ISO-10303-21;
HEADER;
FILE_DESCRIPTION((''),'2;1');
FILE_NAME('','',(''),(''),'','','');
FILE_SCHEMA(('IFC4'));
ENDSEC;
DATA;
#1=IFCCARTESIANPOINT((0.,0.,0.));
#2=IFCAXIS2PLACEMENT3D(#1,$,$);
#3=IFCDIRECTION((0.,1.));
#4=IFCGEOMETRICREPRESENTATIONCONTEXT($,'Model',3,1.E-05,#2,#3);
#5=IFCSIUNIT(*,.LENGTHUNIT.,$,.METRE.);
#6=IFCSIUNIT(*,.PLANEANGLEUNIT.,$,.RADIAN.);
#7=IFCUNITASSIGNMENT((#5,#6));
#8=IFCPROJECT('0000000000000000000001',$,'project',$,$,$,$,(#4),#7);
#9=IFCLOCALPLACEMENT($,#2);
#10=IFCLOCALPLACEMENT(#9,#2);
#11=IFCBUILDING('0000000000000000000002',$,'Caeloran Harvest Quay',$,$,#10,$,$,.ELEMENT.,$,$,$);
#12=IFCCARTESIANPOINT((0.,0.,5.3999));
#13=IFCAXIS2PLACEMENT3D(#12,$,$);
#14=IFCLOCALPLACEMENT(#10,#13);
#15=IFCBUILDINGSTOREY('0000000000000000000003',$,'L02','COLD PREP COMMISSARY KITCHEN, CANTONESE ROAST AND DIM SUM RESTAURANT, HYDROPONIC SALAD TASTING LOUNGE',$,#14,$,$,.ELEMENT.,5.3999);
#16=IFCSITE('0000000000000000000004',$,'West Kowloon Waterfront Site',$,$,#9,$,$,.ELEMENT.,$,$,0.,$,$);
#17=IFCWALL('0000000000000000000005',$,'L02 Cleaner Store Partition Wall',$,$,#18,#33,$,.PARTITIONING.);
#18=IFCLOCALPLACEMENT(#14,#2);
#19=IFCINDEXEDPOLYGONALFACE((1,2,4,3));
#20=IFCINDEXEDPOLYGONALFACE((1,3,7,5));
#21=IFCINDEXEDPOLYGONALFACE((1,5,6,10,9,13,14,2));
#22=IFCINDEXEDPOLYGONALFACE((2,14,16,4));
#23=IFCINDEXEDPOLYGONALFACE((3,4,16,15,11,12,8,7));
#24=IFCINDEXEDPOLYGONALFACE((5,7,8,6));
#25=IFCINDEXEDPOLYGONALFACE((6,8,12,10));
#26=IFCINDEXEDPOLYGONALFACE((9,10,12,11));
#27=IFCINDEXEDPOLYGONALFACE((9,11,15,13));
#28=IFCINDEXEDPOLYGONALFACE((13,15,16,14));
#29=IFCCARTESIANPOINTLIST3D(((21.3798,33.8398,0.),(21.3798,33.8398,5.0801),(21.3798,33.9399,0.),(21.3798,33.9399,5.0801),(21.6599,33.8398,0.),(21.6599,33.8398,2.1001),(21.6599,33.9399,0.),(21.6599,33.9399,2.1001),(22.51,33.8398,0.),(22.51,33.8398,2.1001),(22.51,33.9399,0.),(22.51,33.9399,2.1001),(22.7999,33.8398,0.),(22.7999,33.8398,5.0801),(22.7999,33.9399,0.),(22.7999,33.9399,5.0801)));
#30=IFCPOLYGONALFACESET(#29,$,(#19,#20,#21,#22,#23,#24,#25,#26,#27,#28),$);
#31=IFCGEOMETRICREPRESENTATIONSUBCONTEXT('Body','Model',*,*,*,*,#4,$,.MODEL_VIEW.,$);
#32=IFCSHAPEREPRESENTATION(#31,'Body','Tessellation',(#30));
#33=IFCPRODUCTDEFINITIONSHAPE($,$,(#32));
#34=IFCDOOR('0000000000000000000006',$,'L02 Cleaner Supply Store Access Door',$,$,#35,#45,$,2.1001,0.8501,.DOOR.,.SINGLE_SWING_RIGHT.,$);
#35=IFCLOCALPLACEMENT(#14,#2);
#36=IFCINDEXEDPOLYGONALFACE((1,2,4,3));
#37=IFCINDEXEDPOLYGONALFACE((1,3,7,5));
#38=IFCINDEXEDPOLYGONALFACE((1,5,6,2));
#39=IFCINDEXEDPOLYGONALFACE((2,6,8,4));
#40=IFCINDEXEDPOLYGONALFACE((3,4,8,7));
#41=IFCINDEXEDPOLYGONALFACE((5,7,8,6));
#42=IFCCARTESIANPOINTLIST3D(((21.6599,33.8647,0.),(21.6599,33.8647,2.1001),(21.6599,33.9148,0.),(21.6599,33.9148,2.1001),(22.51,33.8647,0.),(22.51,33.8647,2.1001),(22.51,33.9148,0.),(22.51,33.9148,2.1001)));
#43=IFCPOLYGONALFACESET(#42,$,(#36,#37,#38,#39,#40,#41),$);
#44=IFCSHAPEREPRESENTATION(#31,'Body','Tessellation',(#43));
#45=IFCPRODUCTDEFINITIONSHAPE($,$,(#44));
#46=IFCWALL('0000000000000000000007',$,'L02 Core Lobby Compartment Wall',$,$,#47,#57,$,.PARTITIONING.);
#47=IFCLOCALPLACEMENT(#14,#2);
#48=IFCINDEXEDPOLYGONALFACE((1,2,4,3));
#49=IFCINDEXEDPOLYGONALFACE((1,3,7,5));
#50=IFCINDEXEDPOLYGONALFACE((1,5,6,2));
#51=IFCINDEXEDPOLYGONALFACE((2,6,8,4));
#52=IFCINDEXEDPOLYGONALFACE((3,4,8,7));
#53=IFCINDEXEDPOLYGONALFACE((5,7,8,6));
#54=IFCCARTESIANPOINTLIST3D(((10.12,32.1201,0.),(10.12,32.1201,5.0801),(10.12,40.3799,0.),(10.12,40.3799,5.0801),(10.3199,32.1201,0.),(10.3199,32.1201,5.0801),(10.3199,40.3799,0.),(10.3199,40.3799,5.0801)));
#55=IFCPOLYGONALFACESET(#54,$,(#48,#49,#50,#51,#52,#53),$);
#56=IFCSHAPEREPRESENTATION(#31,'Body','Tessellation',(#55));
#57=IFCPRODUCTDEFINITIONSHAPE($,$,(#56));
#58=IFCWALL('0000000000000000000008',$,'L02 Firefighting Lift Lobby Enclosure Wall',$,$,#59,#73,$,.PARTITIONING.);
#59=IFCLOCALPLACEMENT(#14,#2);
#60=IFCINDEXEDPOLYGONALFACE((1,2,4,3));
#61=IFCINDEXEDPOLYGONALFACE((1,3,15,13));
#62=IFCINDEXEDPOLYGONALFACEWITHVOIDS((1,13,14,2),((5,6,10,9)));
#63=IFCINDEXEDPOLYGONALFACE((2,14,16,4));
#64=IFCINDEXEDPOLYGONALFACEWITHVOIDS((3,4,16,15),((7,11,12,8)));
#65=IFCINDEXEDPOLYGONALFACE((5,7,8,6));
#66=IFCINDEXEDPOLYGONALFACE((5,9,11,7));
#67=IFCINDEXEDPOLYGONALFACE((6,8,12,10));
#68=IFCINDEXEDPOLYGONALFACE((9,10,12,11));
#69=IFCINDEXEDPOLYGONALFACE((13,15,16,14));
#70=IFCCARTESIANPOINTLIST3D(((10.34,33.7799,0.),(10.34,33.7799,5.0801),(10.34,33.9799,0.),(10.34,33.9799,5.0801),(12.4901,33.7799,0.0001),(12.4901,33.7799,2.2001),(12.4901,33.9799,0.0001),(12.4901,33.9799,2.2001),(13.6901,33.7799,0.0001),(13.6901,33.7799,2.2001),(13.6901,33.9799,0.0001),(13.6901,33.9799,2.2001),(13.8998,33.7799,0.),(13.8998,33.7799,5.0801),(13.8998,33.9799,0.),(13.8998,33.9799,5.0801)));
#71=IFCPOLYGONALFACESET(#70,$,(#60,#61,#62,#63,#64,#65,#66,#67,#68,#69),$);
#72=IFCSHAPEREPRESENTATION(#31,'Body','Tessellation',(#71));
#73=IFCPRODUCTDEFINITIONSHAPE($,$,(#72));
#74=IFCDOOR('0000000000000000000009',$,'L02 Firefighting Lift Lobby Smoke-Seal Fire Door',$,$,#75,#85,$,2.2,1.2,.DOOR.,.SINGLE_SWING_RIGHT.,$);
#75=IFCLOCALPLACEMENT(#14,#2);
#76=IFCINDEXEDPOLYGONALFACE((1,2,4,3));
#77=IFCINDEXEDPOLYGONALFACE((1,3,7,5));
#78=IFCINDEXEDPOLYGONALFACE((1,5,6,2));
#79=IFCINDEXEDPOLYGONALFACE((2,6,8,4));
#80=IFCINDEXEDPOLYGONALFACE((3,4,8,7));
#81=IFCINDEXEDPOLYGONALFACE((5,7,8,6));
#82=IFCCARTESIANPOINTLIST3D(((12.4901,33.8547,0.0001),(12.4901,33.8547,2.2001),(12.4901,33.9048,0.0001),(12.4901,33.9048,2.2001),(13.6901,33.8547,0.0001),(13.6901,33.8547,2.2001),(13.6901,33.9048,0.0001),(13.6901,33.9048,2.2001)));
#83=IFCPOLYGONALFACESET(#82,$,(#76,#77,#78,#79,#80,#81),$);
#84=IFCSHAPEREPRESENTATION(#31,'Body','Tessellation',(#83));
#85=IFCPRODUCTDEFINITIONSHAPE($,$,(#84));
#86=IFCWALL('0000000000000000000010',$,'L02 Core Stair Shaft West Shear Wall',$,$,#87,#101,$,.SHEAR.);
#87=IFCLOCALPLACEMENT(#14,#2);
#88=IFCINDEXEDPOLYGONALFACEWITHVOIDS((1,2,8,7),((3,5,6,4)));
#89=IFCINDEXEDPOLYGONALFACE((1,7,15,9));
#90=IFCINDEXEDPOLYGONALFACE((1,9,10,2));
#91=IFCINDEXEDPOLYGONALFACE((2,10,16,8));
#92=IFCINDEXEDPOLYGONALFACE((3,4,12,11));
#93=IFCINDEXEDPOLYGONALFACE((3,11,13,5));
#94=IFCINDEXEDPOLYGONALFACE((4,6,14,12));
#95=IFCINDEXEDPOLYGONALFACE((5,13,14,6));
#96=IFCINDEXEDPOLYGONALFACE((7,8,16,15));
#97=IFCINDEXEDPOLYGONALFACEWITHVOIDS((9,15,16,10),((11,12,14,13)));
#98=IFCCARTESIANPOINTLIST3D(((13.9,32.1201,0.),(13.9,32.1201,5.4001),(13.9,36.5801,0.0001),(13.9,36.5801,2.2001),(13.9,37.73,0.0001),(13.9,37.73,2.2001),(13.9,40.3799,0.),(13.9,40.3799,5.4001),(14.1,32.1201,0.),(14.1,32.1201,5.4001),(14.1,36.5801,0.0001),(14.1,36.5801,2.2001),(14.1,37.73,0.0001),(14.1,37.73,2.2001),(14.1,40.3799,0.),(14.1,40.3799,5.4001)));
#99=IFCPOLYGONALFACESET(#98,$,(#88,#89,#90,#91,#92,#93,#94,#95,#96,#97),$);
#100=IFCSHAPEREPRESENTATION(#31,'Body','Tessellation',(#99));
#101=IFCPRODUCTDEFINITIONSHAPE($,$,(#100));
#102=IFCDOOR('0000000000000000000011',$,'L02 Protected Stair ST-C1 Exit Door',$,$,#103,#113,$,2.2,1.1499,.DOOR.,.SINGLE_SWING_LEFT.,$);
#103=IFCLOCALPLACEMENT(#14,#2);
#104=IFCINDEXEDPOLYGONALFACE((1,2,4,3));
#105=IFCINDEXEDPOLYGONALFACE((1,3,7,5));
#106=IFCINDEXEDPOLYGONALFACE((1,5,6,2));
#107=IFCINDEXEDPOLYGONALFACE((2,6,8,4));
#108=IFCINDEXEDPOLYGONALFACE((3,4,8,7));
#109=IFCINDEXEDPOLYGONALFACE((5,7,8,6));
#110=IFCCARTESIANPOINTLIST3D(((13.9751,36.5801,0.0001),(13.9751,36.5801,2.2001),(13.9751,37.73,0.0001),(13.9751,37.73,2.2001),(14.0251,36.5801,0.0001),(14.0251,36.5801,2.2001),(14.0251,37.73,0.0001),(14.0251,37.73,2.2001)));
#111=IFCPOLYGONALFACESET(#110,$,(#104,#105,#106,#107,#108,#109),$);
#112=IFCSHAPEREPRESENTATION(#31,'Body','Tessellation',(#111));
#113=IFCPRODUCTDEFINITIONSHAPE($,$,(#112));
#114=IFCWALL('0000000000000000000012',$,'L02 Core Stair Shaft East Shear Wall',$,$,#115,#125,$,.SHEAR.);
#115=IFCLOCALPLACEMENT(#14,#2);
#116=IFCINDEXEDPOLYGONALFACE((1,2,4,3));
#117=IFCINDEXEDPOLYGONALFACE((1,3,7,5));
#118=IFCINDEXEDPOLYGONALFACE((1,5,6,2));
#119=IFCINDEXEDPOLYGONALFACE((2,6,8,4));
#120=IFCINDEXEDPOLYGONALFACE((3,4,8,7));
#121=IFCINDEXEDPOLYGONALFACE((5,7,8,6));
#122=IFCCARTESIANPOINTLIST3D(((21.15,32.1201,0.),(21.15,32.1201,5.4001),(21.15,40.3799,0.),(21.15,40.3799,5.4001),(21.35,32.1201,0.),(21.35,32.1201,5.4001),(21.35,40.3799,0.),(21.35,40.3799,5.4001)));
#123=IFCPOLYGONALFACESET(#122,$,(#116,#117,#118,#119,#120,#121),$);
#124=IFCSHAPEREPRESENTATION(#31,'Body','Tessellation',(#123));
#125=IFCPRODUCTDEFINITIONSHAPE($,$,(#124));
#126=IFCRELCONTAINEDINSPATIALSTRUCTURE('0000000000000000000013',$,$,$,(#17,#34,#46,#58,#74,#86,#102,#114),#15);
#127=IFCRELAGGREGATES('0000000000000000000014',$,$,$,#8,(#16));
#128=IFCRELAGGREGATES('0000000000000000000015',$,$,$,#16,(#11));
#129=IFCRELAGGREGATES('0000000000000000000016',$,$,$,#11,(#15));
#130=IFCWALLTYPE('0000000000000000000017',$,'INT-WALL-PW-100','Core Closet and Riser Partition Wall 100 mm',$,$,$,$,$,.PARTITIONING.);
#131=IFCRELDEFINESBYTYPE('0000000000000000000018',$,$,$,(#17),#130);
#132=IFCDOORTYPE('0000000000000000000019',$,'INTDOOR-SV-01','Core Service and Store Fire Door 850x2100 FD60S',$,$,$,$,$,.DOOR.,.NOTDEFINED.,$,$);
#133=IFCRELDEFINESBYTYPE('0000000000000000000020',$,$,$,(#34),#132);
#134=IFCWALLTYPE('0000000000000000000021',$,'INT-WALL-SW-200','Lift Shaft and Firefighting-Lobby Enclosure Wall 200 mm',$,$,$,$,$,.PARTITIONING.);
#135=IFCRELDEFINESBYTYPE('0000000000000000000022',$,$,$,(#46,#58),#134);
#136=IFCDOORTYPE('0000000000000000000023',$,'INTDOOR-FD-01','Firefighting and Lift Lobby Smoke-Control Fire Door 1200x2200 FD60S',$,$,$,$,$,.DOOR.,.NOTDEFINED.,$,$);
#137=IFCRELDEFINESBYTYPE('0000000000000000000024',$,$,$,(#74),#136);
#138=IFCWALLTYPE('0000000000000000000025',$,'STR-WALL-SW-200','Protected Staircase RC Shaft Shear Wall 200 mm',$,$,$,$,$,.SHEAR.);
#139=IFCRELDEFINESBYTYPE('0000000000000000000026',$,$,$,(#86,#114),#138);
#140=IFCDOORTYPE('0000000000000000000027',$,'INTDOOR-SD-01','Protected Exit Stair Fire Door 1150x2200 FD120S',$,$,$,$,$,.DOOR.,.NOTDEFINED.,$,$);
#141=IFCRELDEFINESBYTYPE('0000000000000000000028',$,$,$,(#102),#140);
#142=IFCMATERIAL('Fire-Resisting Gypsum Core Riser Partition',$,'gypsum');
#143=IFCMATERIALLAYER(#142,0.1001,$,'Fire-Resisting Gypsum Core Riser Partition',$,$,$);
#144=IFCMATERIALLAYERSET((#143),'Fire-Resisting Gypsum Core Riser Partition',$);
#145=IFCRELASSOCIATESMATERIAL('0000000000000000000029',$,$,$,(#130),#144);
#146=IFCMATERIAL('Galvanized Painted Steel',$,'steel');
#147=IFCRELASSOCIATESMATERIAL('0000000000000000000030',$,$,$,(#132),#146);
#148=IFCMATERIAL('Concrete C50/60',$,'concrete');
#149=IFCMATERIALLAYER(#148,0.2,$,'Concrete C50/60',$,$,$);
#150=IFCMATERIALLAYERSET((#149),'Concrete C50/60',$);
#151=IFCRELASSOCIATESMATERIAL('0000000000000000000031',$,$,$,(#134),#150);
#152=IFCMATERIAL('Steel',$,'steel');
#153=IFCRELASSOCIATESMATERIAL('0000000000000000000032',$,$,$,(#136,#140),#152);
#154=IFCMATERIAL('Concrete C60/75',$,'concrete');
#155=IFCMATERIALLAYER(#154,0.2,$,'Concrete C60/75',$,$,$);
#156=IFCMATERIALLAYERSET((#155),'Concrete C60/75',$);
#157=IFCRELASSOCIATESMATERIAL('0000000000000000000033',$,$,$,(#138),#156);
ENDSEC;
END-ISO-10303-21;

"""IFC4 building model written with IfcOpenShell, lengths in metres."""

from ifc_helpers import new_model, si_unit, direction, frame, frame_2d, origin, place, context, subcontext, project, spatial, rectangle, extrude, material, layer, layer_set, type_object, element, fill, save


model = new_model("IFC4")

# Units and contexts
model_context = context("Model", 3, precision=1e-05, world=origin(), true_north=direction((0.0, 1.0)))
body_context = subcontext(model_context, "Body", "Model", "MODEL_VIEW")
ifc_project = project(units=[si_unit("LENGTHUNIT", "METRE"), si_unit("PLANEANGLEUNIT", "RADIAN")], contexts=[model_context])

# Site, building, storey
site_placement = place(None, origin())
site = spatial("IfcSite", under=ifc_project, at=site_placement, Name="West Kowloon Waterfront Site", CompositionType="ELEMENT", RefElevation=0.0)
building_placement = place(site_placement, origin())
building = spatial("IfcBuilding", under=site, at=building_placement, Name="Caeloran Harvest Quay", CompositionType="ELEMENT")
storey_placement = place(building_placement, frame((0.0, 0.0, 5.3999)))
storey = spatial("IfcBuildingStorey", under=building, at=storey_placement, Name="L02", Description="COLD PREP COMMISSARY KITCHEN, CANTONESE ROAST AND DIM SUM RESTAURANT, HYDROPONIC SALAD TASTING LOUNGE", CompositionType="ELEMENT", Elevation=5.3999)

# Wall, opening, door
ifc_material_1 = material(Name="Fire-Resisting Gypsum Core Riser Partition", Category="gypsum")
ifc_layer_1 = layer(ifc_material_1, 0.1001, Name="Fire-Resisting Gypsum Core Riser Partition")
ifc_layer_set_1 = layer_set([ifc_layer_1], Name="Fire-Resisting Gypsum Core Riser Partition")
wall_type_1 = type_object("IfcWallType", Name="INT-WALL-PW-100", Description="Core Closet and Riser Partition Wall 100 mm", PredefinedType="PARTITIONING", material=ifc_layer_set_1)
wall_1_placement = place(storey_placement, frame((21.3799, 33.8899, 0.0), z_axis=(0.0, 0.0, 1.0), x_axis=(1.0, 0.0, 0.0)))
wall_1 = element("IfcWall", 1, at=wall_1_placement, inside=storey, type_object=wall_type_1, Name="L02 Cleaner Store Partition Wall", PredefinedType="PARTITIONING", context=body_context, shape_type="SweptSolid", body=[
    extrude(rectangle(XDim=1.4202, YDim=0.1001, at=frame_2d((0.71, 0.0))), origin(), (0.0, 0.0, 1.0), 5.0801),
])
opening_1_placement = place(wall_1_placement, frame((0.28, 0.0, 0.0)))
opening_1 = element("IfcOpeningElement", 2, at=opening_1_placement, cuts=wall_1, PredefinedType="OPENING", context=body_context, shape_type="SweptSolid", body=[
    extrude(rectangle(XDim=0.8501, YDim=2.1001, at=frame_2d((0.425, 1.05))), frame((0.0, 0.0601, 0.0), z_axis=(0.0, -1.0, 0.0), x_axis=(1.0, 0.0, 0.0)), (0.0, 0.0, 1.0), 0.1201),
])
ifc_material_2 = material(Name="Galvanized Painted Steel", Category="steel")
door_type_1 = type_object("IfcDoorType", Name="INTDOOR-SV-01", Description="Core Service and Store Fire Door 850x2100 FD60S", OperationType="NOTDEFINED", PredefinedType="DOOR", material=ifc_material_2)
door_1_placement = place(opening_1_placement, origin())
door_1 = element("IfcDoor", 3, at=door_1_placement, inside=storey, type_object=door_type_1, Name="L02 Cleaner Supply Store Access Door", OperationType="SINGLE_SWING_RIGHT", OverallHeight=2.1001, OverallWidth=0.8501, PredefinedType="DOOR", context=body_context, shape_type="SweptSolid", body=[
    extrude(rectangle(XDim=0.8501, YDim=2.1001, at=frame_2d((0.425, 1.05))), frame((0.0, 0.0249, 0.0), z_axis=(0.0, -1.0, 0.0), x_axis=(1.0, 0.0, 0.0)), (0.0, 0.0, 1.0), 0.05),
])
fill(opening_1, door_1)

# Wall
ifc_material_3 = material(Name="Concrete C50/60", Category="concrete")
ifc_layer_2 = layer(ifc_material_3, 0.2, Name="Concrete C50/60")
ifc_layer_set_2 = layer_set([ifc_layer_2], Name="Concrete C50/60")
wall_type_2 = type_object("IfcWallType", Name="INT-WALL-SW-200", Description="Lift Shaft and Firefighting-Lobby Enclosure Wall 200 mm", PredefinedType="PARTITIONING", material=ifc_layer_set_2)
wall_2_placement = place(storey_placement, frame((10.22, 32.1201, 0.0), z_axis=(0.0, 0.0, 1.0), x_axis=(0.0, 1.0, 0.0)))
element("IfcWall", 4, at=wall_2_placement, inside=storey, type_object=wall_type_2, Name="L02 Core Lobby Compartment Wall", PredefinedType="PARTITIONING", context=body_context, shape_type="SweptSolid", body=[
    extrude(rectangle(XDim=8.2598, YDim=0.2, at=frame_2d((4.1299, 0.0))), origin(), (0.0, 0.0, 1.0), 5.0801),
])

# Walls, openings, doors
wall_3_placement = place(storey_placement, frame((10.3401, 33.8799, 0.0), z_axis=(0.0, 0.0, 1.0), x_axis=(1.0, 0.0, 0.0)))
wall_3 = element("IfcWall", 5, at=wall_3_placement, inside=storey, type_object=wall_type_2, Name="L02 Firefighting Lift Lobby Enclosure Wall", PredefinedType="PARTITIONING", context=body_context, shape_type="SweptSolid", body=[
    extrude(rectangle(XDim=3.5598, YDim=0.2, at=frame_2d((1.7798, 0.0))), origin(), (0.0, 0.0, 1.0), 5.0801),
])
opening_2_placement = place(wall_3_placement, frame((2.1499, 0.0, 0.0)))
opening_2 = element("IfcOpeningElement", 6, at=opening_2_placement, cuts=wall_3, PredefinedType="OPENING", context=body_context, shape_type="SweptSolid", body=[
    extrude(rectangle(XDim=1.2, YDim=2.2, at=frame_2d((0.6001, 1.1001))), frame((0.0, 0.1099, 0.0), z_axis=(0.0, -1.0, 0.0), x_axis=(1.0, 0.0, 0.0)), (0.0, 0.0, 1.0), 0.22),
])
ifc_material_4 = material(Name="Steel", Category="steel")
door_type_2 = type_object("IfcDoorType", Name="INTDOOR-FD-01", Description="Firefighting and Lift Lobby Smoke-Control Fire Door 1200x2200 FD60S", OperationType="NOTDEFINED", PredefinedType="DOOR", material=ifc_material_4)
door_2_placement = place(opening_2_placement, origin())
door_2 = element("IfcDoor", 7, at=door_2_placement, inside=storey, type_object=door_type_2, Name="L02 Firefighting Lift Lobby Smoke-Seal Fire Door", OperationType="SINGLE_SWING_RIGHT", OverallHeight=2.2, OverallWidth=1.2, PredefinedType="DOOR", context=body_context, shape_type="SweptSolid", body=[
    extrude(rectangle(XDim=1.2, YDim=2.2, at=frame_2d((0.6001, 1.1001))), frame((0.0, 0.0249, 0.0), z_axis=(0.0, -1.0, 0.0), x_axis=(1.0, 0.0, 0.0)), (0.0, 0.0, 1.0), 0.05),
])
fill(opening_2, door_2)
ifc_material_5 = material(Name="Concrete C60/75", Category="concrete")
ifc_layer_3 = layer(ifc_material_5, 0.2, Name="Concrete C60/75")
ifc_layer_set_3 = layer_set([ifc_layer_3], Name="Concrete C60/75")
wall_type_3 = type_object("IfcWallType", Name="STR-WALL-SW-200", Description="Protected Staircase RC Shaft Shear Wall 200 mm", PredefinedType="SHEAR", material=ifc_layer_set_3)
wall_4_placement = place(storey_placement, frame((14.0, 32.1201, 0.0), z_axis=(0.0, 0.0, 1.0), x_axis=(0.0, 1.0, 0.0)))
wall_4 = element("IfcWall", 8, at=wall_4_placement, inside=storey, type_object=wall_type_3, Name="L02 Core Stair Shaft West Shear Wall", PredefinedType="SHEAR", context=body_context, shape_type="SweptSolid", body=[
    extrude(rectangle(XDim=8.2598, YDim=0.2, at=frame_2d((4.1299, 0.0))), origin(), (0.0, 0.0, 1.0), 5.4001),
])
opening_3_placement = place(wall_4_placement, frame((4.46, 0.0, 0.0)))
opening_3 = element("IfcOpeningElement", 9, at=opening_3_placement, cuts=wall_4, PredefinedType="OPENING", context=body_context, shape_type="SweptSolid", body=[
    extrude(rectangle(XDim=1.1499, YDim=2.2, at=frame_2d((0.575, 1.1001))), frame((0.0, 0.1099, 0.0), z_axis=(0.0, -1.0, 0.0), x_axis=(1.0, 0.0, 0.0)), (0.0, 0.0, 1.0), 0.22),
])
door_type_3 = type_object("IfcDoorType", Name="INTDOOR-SD-01", Description="Protected Exit Stair Fire Door 1150x2200 FD120S", OperationType="NOTDEFINED", PredefinedType="DOOR", material=ifc_material_4)
door_3_placement = place(opening_3_placement, origin())
door_3 = element("IfcDoor", 10, at=door_3_placement, inside=storey, type_object=door_type_3, Name="L02 Protected Stair ST-C1 Exit Door", OperationType="SINGLE_SWING_LEFT", OverallHeight=2.2, OverallWidth=1.1499, PredefinedType="DOOR", context=body_context, shape_type="SweptSolid", body=[
    extrude(rectangle(XDim=1.1499, YDim=2.2, at=frame_2d((0.575, 1.1001))), frame((0.0, 0.0249, 0.0), z_axis=(0.0, -1.0, 0.0), x_axis=(1.0, 0.0, 0.0)), (0.0, 0.0, 1.0), 0.05),
])
fill(opening_3, door_3)

# Wall
wall_5_placement = place(storey_placement, frame((21.25, 32.1201, 0.0), z_axis=(0.0, 0.0, 1.0), x_axis=(0.0, 1.0, 0.0)))
element("IfcWall", 11, at=wall_5_placement, inside=storey, type_object=wall_type_3, Name="L02 Core Stair Shaft East Shear Wall", PredefinedType="SHEAR", context=body_context, shape_type="SweptSolid", body=[
    extrude(rectangle(XDim=8.2598, YDim=0.2, at=frame_2d((4.1299, 0.0))), origin(), (0.0, 0.0, 1.0), 5.4001),
])

save(model, "model.ifc")
